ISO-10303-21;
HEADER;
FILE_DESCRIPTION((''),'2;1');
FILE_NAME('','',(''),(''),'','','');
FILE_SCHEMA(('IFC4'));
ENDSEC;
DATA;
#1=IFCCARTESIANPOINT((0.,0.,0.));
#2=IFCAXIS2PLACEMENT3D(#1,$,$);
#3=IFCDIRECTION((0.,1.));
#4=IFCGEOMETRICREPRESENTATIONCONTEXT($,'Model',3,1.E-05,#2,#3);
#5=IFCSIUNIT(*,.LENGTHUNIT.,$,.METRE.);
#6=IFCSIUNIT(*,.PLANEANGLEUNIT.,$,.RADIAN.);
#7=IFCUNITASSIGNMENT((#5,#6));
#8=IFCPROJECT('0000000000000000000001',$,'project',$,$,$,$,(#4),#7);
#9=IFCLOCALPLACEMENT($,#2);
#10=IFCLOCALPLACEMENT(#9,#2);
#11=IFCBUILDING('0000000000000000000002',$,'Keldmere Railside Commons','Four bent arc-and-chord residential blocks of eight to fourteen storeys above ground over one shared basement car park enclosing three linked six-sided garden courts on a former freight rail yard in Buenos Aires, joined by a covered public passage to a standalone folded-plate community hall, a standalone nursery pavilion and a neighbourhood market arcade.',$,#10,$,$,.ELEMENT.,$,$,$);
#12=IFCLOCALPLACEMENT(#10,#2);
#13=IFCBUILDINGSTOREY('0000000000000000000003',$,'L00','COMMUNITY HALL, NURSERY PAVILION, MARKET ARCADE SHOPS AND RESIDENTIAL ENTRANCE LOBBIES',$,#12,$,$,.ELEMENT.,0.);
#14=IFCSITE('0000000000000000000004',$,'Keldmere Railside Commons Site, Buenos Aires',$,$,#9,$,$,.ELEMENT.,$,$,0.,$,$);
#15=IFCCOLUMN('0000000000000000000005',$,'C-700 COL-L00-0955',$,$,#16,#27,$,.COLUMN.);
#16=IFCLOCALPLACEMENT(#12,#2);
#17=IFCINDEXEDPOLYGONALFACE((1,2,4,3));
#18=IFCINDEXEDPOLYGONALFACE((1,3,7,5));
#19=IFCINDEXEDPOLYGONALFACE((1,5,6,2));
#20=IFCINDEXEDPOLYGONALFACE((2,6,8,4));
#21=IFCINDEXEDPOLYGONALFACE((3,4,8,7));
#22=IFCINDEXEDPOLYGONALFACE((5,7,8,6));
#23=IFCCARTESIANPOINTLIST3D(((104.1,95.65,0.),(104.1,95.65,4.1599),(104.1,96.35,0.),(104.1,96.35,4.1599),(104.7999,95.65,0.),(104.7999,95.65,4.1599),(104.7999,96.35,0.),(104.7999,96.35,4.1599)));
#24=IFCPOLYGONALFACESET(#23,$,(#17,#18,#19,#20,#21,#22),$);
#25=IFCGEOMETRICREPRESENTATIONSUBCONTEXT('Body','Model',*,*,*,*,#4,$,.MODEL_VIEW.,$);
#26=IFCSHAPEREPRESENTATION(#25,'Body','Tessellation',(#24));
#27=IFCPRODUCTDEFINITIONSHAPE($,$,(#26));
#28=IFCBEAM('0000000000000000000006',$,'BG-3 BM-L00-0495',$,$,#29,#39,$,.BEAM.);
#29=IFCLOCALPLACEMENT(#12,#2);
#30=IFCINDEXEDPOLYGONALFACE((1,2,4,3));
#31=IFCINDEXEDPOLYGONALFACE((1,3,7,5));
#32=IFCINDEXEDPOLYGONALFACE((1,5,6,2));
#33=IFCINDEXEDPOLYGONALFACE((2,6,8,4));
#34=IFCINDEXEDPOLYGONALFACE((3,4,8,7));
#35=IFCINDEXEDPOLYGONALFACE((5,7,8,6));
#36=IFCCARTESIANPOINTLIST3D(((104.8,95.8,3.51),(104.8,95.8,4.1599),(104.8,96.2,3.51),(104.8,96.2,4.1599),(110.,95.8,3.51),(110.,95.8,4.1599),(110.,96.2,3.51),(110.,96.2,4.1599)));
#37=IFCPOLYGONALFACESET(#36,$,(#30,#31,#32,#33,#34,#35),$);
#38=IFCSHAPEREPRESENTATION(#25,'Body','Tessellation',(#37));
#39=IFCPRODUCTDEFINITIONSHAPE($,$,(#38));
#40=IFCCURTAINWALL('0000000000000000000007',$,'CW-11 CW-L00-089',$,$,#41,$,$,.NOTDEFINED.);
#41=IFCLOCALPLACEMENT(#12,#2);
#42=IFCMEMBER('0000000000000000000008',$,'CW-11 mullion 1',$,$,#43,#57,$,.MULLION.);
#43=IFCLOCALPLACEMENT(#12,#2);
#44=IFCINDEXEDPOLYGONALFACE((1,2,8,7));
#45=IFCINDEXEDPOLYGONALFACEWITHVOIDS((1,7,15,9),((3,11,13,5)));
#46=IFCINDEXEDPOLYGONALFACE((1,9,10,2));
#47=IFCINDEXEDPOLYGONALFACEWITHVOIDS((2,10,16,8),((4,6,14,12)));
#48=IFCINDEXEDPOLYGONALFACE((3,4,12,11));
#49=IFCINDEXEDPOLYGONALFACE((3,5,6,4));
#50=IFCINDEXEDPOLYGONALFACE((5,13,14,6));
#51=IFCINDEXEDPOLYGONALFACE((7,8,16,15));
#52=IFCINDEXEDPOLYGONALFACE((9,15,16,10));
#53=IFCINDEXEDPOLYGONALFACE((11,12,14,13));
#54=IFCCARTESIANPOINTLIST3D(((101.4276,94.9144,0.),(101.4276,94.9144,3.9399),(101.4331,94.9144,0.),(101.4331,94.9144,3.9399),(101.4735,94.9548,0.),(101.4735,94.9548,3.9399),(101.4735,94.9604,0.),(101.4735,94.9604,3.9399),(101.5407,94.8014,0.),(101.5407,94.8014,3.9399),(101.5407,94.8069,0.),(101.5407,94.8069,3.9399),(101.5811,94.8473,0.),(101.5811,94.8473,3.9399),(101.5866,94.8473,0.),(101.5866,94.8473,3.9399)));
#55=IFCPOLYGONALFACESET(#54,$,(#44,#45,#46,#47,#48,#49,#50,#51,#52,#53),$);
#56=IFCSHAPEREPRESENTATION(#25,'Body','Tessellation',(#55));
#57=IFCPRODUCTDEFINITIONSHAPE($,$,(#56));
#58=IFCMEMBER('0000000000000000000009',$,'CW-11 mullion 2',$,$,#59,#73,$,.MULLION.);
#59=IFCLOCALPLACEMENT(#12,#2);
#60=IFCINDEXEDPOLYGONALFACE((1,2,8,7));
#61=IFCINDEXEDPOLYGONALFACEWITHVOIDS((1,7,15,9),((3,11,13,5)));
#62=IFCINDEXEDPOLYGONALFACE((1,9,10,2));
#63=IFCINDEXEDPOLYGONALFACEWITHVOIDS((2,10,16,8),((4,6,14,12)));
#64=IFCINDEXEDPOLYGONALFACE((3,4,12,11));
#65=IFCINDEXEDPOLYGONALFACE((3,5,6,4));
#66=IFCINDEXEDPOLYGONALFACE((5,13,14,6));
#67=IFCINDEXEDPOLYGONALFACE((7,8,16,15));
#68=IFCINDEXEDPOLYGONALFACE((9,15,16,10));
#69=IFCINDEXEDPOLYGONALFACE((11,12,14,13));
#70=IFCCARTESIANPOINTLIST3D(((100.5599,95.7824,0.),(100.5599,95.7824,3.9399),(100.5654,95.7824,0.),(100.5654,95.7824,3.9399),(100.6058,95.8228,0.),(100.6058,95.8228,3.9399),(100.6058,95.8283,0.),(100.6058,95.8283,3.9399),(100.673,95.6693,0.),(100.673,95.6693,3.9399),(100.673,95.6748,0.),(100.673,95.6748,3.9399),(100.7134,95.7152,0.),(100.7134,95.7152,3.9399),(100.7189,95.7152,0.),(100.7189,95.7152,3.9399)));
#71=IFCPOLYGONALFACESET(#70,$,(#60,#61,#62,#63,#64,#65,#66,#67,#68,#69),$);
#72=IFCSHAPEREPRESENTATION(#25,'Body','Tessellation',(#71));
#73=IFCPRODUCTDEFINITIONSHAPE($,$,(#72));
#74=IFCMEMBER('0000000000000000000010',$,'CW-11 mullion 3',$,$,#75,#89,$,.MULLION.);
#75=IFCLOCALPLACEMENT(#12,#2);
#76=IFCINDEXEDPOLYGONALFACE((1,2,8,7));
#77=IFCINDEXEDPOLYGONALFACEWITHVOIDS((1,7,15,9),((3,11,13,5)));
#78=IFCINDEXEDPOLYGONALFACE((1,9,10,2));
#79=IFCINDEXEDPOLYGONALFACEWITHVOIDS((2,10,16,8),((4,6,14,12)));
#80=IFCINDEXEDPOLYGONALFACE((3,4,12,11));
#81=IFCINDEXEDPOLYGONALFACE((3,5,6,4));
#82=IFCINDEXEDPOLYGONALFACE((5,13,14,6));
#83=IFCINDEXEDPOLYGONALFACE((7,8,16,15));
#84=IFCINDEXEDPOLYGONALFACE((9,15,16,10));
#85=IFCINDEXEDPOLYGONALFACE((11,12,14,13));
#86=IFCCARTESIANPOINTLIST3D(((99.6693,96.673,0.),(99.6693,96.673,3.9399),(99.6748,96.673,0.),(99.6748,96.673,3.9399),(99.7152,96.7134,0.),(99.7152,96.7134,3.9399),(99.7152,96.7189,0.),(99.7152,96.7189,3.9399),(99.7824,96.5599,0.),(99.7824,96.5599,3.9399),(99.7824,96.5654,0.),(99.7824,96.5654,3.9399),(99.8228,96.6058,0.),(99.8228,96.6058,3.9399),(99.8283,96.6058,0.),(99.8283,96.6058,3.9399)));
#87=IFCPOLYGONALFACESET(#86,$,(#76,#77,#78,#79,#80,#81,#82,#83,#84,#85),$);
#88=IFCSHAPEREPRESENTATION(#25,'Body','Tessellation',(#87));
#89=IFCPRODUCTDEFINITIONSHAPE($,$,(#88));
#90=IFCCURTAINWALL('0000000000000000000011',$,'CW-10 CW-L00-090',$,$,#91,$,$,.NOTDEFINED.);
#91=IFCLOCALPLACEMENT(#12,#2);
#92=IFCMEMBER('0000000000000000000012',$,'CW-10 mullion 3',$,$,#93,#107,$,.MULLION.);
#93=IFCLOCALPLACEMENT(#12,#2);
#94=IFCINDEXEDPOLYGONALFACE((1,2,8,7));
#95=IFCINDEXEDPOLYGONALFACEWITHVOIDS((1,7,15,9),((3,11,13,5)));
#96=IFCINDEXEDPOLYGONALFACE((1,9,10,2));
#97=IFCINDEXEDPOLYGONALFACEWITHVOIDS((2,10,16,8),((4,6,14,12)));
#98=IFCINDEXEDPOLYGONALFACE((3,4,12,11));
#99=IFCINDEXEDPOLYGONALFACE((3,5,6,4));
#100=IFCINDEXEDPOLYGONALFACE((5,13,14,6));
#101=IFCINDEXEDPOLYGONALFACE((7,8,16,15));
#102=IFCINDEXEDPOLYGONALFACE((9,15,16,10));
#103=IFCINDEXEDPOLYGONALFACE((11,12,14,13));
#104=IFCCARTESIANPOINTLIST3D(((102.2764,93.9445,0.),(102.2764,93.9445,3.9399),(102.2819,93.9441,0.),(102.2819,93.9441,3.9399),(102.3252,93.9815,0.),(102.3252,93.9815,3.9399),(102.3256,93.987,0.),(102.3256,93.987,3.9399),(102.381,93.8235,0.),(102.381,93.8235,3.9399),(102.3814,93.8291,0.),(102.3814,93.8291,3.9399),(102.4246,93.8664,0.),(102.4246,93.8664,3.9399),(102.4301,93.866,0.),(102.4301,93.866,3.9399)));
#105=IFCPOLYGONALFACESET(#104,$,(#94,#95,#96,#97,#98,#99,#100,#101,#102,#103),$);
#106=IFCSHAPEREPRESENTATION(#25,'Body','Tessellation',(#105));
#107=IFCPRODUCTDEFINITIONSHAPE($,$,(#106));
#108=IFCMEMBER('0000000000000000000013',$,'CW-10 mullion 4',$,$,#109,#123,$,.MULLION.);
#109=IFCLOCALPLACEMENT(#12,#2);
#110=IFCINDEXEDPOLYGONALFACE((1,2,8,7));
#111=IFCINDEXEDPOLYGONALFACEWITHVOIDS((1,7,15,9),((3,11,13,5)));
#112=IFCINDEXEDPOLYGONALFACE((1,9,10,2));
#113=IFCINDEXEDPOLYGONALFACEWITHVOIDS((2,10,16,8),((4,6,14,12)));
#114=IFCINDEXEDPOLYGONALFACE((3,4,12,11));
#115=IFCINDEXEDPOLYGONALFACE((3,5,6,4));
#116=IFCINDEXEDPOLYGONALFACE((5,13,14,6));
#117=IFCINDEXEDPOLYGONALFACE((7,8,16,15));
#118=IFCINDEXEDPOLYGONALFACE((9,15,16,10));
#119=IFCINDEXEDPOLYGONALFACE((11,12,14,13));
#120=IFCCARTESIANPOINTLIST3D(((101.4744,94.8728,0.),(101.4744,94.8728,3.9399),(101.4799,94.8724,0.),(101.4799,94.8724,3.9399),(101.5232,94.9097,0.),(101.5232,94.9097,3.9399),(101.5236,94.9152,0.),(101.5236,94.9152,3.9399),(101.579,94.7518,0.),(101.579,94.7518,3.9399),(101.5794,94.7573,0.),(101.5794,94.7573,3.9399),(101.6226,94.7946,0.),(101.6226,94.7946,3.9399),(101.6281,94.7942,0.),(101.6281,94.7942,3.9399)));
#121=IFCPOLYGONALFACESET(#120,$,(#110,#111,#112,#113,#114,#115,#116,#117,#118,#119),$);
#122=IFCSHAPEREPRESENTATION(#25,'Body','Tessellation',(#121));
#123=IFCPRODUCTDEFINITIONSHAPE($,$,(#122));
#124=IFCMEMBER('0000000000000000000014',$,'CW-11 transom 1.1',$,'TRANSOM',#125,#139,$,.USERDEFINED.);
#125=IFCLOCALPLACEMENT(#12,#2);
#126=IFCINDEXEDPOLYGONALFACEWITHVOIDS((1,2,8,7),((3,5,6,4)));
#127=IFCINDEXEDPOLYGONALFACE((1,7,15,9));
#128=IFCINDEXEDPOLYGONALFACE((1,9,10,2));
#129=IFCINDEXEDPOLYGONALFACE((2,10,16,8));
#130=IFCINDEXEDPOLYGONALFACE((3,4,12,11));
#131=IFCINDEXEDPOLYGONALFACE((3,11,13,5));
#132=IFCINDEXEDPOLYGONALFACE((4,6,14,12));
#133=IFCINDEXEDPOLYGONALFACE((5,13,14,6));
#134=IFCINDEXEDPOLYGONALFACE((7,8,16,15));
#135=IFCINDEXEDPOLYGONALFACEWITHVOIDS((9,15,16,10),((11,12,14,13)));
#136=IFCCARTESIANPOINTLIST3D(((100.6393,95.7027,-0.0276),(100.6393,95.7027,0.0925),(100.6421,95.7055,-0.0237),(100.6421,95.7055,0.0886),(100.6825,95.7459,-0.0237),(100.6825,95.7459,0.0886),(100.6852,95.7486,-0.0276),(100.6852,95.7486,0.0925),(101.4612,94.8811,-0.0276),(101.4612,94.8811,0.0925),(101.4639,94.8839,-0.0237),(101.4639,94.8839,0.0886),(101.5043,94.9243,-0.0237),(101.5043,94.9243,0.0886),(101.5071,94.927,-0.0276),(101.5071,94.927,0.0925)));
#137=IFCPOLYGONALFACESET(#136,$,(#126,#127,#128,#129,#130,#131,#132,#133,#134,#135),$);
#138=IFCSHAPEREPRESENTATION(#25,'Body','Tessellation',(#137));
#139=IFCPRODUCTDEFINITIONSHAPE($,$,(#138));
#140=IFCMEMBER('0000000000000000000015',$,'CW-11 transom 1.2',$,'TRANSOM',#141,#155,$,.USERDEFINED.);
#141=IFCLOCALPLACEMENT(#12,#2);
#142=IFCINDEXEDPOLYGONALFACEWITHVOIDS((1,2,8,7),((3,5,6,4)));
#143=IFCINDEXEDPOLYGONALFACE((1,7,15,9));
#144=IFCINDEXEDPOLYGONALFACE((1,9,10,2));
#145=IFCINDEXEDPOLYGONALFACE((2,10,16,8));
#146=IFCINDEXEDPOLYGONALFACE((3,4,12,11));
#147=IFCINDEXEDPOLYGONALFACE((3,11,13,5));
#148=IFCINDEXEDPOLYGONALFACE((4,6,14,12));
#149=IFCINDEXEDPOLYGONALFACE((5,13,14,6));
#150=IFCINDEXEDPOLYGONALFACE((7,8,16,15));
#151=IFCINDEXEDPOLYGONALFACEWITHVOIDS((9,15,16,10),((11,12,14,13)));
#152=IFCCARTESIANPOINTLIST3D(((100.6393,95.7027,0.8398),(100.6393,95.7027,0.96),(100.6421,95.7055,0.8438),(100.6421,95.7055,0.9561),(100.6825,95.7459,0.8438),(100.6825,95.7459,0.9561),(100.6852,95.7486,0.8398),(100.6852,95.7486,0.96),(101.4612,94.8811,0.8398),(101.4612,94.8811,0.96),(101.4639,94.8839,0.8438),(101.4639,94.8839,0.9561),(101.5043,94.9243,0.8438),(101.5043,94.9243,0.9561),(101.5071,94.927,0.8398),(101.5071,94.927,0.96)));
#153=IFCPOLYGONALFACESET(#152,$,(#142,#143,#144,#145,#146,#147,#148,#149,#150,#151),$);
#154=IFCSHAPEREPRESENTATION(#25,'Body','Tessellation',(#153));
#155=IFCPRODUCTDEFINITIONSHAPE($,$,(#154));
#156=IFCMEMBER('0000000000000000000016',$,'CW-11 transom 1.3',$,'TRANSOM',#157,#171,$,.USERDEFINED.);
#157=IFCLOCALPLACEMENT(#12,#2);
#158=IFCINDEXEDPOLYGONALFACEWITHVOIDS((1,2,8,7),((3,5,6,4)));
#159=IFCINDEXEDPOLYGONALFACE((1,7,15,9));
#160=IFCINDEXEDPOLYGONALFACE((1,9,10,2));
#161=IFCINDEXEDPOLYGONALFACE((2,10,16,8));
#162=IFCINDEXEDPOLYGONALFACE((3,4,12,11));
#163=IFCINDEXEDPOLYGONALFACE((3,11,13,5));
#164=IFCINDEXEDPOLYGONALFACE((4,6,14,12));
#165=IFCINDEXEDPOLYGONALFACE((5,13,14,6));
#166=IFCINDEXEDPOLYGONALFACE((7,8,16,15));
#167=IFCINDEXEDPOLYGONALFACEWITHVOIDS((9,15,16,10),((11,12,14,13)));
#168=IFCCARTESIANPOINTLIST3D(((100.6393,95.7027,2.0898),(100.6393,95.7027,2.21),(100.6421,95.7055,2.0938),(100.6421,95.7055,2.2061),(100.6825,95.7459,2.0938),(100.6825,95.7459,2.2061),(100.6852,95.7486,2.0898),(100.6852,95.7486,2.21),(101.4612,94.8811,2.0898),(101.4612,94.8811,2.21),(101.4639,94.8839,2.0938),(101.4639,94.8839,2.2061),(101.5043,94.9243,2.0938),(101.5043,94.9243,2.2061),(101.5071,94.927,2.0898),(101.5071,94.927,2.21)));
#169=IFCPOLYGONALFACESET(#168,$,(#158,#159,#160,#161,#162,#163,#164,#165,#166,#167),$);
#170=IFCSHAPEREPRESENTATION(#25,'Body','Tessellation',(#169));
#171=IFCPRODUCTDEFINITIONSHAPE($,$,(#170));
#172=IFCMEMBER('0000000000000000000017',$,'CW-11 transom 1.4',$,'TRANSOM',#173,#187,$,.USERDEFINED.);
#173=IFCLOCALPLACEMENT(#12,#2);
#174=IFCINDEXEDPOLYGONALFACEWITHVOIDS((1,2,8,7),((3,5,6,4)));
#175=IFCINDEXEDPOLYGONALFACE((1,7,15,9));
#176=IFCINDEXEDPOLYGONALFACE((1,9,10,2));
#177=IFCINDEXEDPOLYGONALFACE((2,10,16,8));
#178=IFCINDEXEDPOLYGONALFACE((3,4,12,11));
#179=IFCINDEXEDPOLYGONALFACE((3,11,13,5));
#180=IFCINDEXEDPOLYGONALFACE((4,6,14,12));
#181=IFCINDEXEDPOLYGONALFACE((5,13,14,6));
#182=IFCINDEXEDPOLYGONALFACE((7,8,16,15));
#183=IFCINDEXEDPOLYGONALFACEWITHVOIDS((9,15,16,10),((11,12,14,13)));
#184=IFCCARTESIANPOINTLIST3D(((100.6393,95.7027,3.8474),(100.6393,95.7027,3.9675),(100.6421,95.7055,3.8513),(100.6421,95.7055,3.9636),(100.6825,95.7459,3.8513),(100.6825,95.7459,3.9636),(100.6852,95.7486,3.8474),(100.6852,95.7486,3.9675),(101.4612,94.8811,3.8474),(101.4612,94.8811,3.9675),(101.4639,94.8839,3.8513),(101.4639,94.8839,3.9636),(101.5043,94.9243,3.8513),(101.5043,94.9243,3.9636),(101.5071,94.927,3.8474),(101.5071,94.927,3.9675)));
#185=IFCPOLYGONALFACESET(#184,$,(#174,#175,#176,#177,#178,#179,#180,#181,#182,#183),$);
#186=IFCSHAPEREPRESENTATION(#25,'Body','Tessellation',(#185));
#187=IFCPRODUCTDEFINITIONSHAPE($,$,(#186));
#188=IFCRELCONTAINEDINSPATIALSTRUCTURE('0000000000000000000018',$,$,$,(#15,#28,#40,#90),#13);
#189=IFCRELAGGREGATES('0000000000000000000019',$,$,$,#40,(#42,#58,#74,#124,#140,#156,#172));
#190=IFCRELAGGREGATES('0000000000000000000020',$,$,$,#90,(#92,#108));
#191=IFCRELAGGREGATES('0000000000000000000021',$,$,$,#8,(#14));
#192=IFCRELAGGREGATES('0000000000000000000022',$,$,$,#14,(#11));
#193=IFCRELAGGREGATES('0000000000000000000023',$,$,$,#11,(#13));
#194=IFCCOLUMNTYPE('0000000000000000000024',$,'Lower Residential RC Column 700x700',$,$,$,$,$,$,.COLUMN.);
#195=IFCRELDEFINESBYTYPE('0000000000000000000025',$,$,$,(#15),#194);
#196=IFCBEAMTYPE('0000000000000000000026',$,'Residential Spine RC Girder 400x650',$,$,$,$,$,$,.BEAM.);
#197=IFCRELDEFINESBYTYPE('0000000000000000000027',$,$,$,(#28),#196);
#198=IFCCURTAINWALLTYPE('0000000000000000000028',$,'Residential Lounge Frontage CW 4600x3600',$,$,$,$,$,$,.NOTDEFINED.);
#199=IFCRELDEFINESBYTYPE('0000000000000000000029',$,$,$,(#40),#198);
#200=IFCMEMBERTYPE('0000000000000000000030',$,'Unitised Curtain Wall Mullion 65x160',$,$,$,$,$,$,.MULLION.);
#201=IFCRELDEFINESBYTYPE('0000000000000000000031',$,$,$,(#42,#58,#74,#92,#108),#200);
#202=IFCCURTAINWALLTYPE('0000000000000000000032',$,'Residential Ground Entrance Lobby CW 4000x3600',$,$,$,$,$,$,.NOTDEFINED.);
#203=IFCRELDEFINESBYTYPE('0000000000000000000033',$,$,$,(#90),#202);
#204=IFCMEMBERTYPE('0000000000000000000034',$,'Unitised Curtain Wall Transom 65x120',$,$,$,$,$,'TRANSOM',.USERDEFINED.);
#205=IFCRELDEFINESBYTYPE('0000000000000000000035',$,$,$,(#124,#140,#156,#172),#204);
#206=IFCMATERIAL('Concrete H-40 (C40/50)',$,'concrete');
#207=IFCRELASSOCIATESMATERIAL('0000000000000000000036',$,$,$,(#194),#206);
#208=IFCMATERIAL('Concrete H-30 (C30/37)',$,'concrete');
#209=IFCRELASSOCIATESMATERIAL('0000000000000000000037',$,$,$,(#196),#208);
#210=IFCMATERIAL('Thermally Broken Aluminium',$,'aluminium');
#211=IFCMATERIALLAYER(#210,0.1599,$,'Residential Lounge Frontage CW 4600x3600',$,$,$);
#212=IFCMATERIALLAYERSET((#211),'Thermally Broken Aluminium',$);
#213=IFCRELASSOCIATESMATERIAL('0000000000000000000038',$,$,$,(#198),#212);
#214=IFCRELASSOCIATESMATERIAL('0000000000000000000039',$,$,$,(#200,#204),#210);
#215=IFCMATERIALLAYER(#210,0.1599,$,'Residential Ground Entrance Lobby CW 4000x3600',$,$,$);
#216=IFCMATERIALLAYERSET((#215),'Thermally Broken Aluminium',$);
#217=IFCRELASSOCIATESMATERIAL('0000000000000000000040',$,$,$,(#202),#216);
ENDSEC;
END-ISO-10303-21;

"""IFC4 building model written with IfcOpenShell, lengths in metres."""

from ifc_helpers import new_model, si_unit, direction, frame, origin, origin_2d, place, context, subcontext, project, spatial, rectangle, hollow_rectangle, extrude, material, layer, layer_set, material_profile, profile_set, type_object, element, aggregate, save


model = new_model("IFC4")

# Units and contexts
model_context = context("Model", 3, precision=1e-05, world=origin(), true_north=direction((0.0, 1.0)))
body_context = subcontext(model_context, "Body", "Model", "MODEL_VIEW")
ifc_project = project(units=[si_unit("LENGTHUNIT", "METRE"), si_unit("PLANEANGLEUNIT", "RADIAN")], contexts=[model_context])

# Site, building, storey
site_placement = place(None, origin())
site = spatial("IfcSite", under=ifc_project, at=site_placement, Name="Keldmere Railside Commons Site, Buenos Aires", CompositionType="ELEMENT", RefElevation=0.0)
building_placement = place(site_placement, origin())
building = spatial("IfcBuilding", under=site, at=building_placement, Name="Keldmere Railside Commons", Description="Four bent arc-and-chord residential blocks of eight to fourteen storeys above ground over one shared basement car park enclosing three linked six-sided garden courts on a former freight rail yard in Buenos Aires, joined by a covered public passage to a standalone folded-plate community hall, a standalone nursery pavilion and a neighbourhood market arcade.", CompositionType="ELEMENT")
storey_placement = place(building_placement, origin())
storey = spatial("IfcBuildingStorey", under=building, at=storey_placement, Name="L00", Description="COMMUNITY HALL, NURSERY PAVILION, MARKET ARCADE SHOPS AND RESIDENTIAL ENTRANCE LOBBIES", CompositionType="ELEMENT", Elevation=0.0)

# Column
ifc_material_1 = material(Name="Concrete H-40 (C40/50)", Category="concrete")
ifc_material_profile_1 = material_profile(ifc_material_1, rectangle(XDim=0.7, YDim=0.7, at=origin_2d()), Name="RC-700x700")
ifc_profile_set_1 = profile_set([ifc_material_profile_1], Name="Concrete H-40 (C40/50)")
column_type = type_object("IfcColumnType", Name="Lower Residential RC Column 700x700", PredefinedType="COLUMN", material=ifc_profile_set_1)
column_placement = place(storey_placement, frame((104.45, 96.0, 0.0), z_axis=(0.0, 0.0, 1.0), x_axis=(1.0, 0.0, 0.0)))
element("IfcColumn", 1, at=column_placement, inside=storey, type_object=column_type, Name="C-700 COL-L00-0955", PredefinedType="COLUMN", context=body_context, shape_type="SweptSolid", body=[
    extrude(rectangle(XDim=0.7, YDim=0.7, at=origin_2d()), origin(), (0.0, 0.0, 1.0), 4.1599),
])

# Beam
ifc_material_2 = material(Name="Concrete H-30 (C30/37)", Category="concrete")
ifc_material_profile_2 = material_profile(ifc_material_2, rectangle(XDim=0.3999, YDim=0.6499, at=origin_2d()), Name="RC-400x650")
ifc_profile_set_2 = profile_set([ifc_material_profile_2], Name="Concrete H-30 (C30/37)")
beam_type = type_object("IfcBeamType", Name="Residential Spine RC Girder 400x650", PredefinedType="BEAM", material=ifc_profile_set_2)
beam_placement = place(storey_placement, frame((104.8, 96.0, 3.835), z_axis=(1.0, 0.0, 0.0), x_axis=(0.0, 1.0, 0.0)))
element("IfcBeam", 2, at=beam_placement, inside=storey, type_object=beam_type, Name="BG-3 BM-L00-0495", PredefinedType="BEAM", context=body_context, shape_type="SweptSolid", body=[
    extrude(rectangle(XDim=0.3999, YDim=0.6499, at=origin_2d()), origin(), (0.0, 0.0, 1.0), 5.2),
])

# Curtain walls, members
ifc_material_3 = material(Name="Thermally Broken Aluminium", Category="aluminium")
ifc_layer_1 = layer(ifc_material_3, 0.1599, Name="Residential Lounge Frontage CW 4600x3600")
ifc_layer_set_1 = layer_set([ifc_layer_1], Name="Thermally Broken Aluminium")
curtain_wall_type_1 = type_object("IfcCurtainWallType", Name="Residential Lounge Frontage CW 4600x3600", PredefinedType="NOTDEFINED", material=ifc_layer_set_1)
curtain_wall_1_placement = place(storey_placement, origin())
curtain_wall_1 = element("IfcCurtainWall", 3, at=curtain_wall_1_placement, inside=storey, type_object=curtain_wall_type_1, Name="CW-11 CW-L00-089", PredefinedType="NOTDEFINED")
ifc_material_profile_3 = material_profile(ifc_material_3, hollow_rectangle(XDim=0.0649, YDim=0.1599, WallThickness=0.0039, at=origin_2d()), Name="ALU-MULL-65x160")
ifc_profile_set_3 = profile_set([ifc_material_profile_3], Name="Thermally Broken Aluminium")
member_type_1 = type_object("IfcMemberType", Name="Unitised Curtain Wall Mullion 65x160", PredefinedType="MULLION", material=ifc_profile_set_3)
member_1_placement = place(storey_placement, frame((101.5071, 94.8809, 0.0), z_axis=(0.0, 0.0, 1.0), x_axis=(-0.707107, -0.707107, 0.0)))
member_1 = element("IfcMember", 4, at=member_1_placement, type_object=member_type_1, Name="CW-11 mullion 1", PredefinedType="MULLION", context=body_context, shape_type="SweptSolid", body=[
    extrude(hollow_rectangle(XDim=0.0649, YDim=0.1599, WallThickness=0.0039, at=origin_2d()), origin(), (0.0, 0.0, 1.0), 3.9399),
])
member_2_placement = place(storey_placement, frame((100.6394, 95.7488, 0.0), z_axis=(0.0, 0.0, 1.0), x_axis=(-0.707107, -0.707107, 0.0)))
member_2 = element("IfcMember", 5, at=member_2_placement, type_object=member_type_1, Name="CW-11 mullion 2", PredefinedType="MULLION", context=body_context, shape_type="SweptSolid", body=[
    extrude(hollow_rectangle(XDim=0.0649, YDim=0.1599, WallThickness=0.0039, at=origin_2d()), origin(), (0.0, 0.0, 1.0), 3.9399),
])
member_3_placement = place(storey_placement, frame((99.7488, 96.6394, 0.0), z_axis=(0.0, 0.0, 1.0), x_axis=(-0.707107, -0.707107, 0.0)))
member_3 = element("IfcMember", 6, at=member_3_placement, type_object=member_type_1, Name="CW-11 mullion 3", PredefinedType="MULLION", context=body_context, shape_type="SweptSolid", body=[
    extrude(hollow_rectangle(XDim=0.0649, YDim=0.1599, WallThickness=0.0039, at=origin_2d()), origin(), (0.0, 0.0, 1.0), 3.9399),
])
ifc_layer_2 = layer(ifc_material_3, 0.1599, Name="Residential Ground Entrance Lobby CW 4000x3600")
ifc_layer_set_2 = layer_set([ifc_layer_2], Name="Thermally Broken Aluminium")
curtain_wall_type_2 = type_object("IfcCurtainWallType", Name="Residential Ground Entrance Lobby CW 4000x3600", PredefinedType="NOTDEFINED", material=ifc_layer_set_2)
curtain_wall_2_placement = place(storey_placement, origin())
curtain_wall_2 = element("IfcCurtainWall", 7, at=curtain_wall_2_placement, inside=storey, type_object=curtain_wall_type_2, Name="CW-10 CW-L00-090", PredefinedType="NOTDEFINED")
member_4_placement = place(storey_placement, frame((102.3533, 93.9053, 0.0), z_axis=(0.0, 0.0, 1.0), x_axis=(-0.756597, -0.653882, 0.0)))
member_4 = element("IfcMember", 8, at=member_4_placement, type_object=member_type_1, Name="CW-10 mullion 3", PredefinedType="MULLION", context=body_context, shape_type="SweptSolid", body=[
    extrude(hollow_rectangle(XDim=0.0649, YDim=0.1599, WallThickness=0.0039, at=origin_2d()), origin(), (0.0, 0.0, 1.0), 3.9399),
])
member_5_placement = place(storey_placement, frame((101.5513, 94.8335, 0.0), z_axis=(0.0, 0.0, 1.0), x_axis=(-0.756597, -0.653882, 0.0)))
member_5 = element("IfcMember", 9, at=member_5_placement, type_object=member_type_1, Name="CW-10 mullion 4", PredefinedType="MULLION", context=body_context, shape_type="SweptSolid", body=[
    extrude(hollow_rectangle(XDim=0.0649, YDim=0.1599, WallThickness=0.0039, at=origin_2d()), origin(), (0.0, 0.0, 1.0), 3.9399),
])

# Members
ifc_material_profile_4 = material_profile(ifc_material_3, hollow_rectangle(XDim=0.0649, YDim=0.1201, WallThickness=0.0039, at=origin_2d()), Name="ALU-TRAN-65x120")
ifc_profile_set_4 = profile_set([ifc_material_profile_4], Name="Thermally Broken Aluminium")
member_type_2 = type_object("IfcMemberType", Name="Unitised Curtain Wall Transom 65x120", ElementType="TRANSOM", PredefinedType="USERDEFINED", material=ifc_profile_set_4)
member_6_placement = place(storey_placement, frame((101.4841, 94.9041, 0.0325), z_axis=(-0.707212, 0.707002, 0.0), x_axis=(-0.707002, -0.707212, 0.0)))
member_6 = element("IfcMember", 10, at=member_6_placement, type_object=member_type_2, Name="CW-11 transom 1.1", ObjectType="TRANSOM", PredefinedType="USERDEFINED", context=body_context, shape_type="SweptSolid", body=[
    extrude(hollow_rectangle(XDim=0.0649, YDim=0.1201, WallThickness=0.0039, at=origin_2d()), origin(), (0.0, 0.0, 1.0), 1.1621),
])
member_7_placement = place(storey_placement, frame((101.4841, 94.9041, 0.8999), z_axis=(-0.707212, 0.707002, 0.0), x_axis=(-0.707002, -0.707212, 0.0)))
member_7 = element("IfcMember", 11, at=member_7_placement, type_object=member_type_2, Name="CW-11 transom 1.2", ObjectType="TRANSOM", PredefinedType="USERDEFINED", context=body_context, shape_type="SweptSolid", body=[
    extrude(hollow_rectangle(XDim=0.0649, YDim=0.1201, WallThickness=0.0039, at=origin_2d()), origin(), (0.0, 0.0, 1.0), 1.1621),
])
member_8_placement = place(storey_placement, frame((101.4841, 94.9041, 2.1499), z_axis=(-0.707212, 0.707002, 0.0), x_axis=(-0.707002, -0.707212, 0.0)))
member_8 = element("IfcMember", 12, at=member_8_placement, type_object=member_type_2, Name="CW-11 transom 1.3", ObjectType="TRANSOM", PredefinedType="USERDEFINED", context=body_context, shape_type="SweptSolid", body=[
    extrude(hollow_rectangle(XDim=0.0649, YDim=0.1201, WallThickness=0.0039, at=origin_2d()), origin(), (0.0, 0.0, 1.0), 1.1621),
])
member_9_placement = place(storey_placement, frame((101.4841, 94.9041, 3.9075), z_axis=(-0.707212, 0.707002, 0.0), x_axis=(-0.707002, -0.707212, 0.0)))
member_9 = element("IfcMember", 13, at=member_9_placement, type_object=member_type_2, Name="CW-11 transom 1.4", ObjectType="TRANSOM", PredefinedType="USERDEFINED", context=body_context, shape_type="SweptSolid", body=[
    extrude(hollow_rectangle(XDim=0.0649, YDim=0.1201, WallThickness=0.0039, at=origin_2d()), origin(), (0.0, 0.0, 1.0), 1.1621),
])

aggregate(curtain_wall_1, [member_1, member_2, member_3, member_6, member_7, member_8, member_9])
aggregate(curtain_wall_2, [member_4, member_5])

save(model, "model.ifc")
